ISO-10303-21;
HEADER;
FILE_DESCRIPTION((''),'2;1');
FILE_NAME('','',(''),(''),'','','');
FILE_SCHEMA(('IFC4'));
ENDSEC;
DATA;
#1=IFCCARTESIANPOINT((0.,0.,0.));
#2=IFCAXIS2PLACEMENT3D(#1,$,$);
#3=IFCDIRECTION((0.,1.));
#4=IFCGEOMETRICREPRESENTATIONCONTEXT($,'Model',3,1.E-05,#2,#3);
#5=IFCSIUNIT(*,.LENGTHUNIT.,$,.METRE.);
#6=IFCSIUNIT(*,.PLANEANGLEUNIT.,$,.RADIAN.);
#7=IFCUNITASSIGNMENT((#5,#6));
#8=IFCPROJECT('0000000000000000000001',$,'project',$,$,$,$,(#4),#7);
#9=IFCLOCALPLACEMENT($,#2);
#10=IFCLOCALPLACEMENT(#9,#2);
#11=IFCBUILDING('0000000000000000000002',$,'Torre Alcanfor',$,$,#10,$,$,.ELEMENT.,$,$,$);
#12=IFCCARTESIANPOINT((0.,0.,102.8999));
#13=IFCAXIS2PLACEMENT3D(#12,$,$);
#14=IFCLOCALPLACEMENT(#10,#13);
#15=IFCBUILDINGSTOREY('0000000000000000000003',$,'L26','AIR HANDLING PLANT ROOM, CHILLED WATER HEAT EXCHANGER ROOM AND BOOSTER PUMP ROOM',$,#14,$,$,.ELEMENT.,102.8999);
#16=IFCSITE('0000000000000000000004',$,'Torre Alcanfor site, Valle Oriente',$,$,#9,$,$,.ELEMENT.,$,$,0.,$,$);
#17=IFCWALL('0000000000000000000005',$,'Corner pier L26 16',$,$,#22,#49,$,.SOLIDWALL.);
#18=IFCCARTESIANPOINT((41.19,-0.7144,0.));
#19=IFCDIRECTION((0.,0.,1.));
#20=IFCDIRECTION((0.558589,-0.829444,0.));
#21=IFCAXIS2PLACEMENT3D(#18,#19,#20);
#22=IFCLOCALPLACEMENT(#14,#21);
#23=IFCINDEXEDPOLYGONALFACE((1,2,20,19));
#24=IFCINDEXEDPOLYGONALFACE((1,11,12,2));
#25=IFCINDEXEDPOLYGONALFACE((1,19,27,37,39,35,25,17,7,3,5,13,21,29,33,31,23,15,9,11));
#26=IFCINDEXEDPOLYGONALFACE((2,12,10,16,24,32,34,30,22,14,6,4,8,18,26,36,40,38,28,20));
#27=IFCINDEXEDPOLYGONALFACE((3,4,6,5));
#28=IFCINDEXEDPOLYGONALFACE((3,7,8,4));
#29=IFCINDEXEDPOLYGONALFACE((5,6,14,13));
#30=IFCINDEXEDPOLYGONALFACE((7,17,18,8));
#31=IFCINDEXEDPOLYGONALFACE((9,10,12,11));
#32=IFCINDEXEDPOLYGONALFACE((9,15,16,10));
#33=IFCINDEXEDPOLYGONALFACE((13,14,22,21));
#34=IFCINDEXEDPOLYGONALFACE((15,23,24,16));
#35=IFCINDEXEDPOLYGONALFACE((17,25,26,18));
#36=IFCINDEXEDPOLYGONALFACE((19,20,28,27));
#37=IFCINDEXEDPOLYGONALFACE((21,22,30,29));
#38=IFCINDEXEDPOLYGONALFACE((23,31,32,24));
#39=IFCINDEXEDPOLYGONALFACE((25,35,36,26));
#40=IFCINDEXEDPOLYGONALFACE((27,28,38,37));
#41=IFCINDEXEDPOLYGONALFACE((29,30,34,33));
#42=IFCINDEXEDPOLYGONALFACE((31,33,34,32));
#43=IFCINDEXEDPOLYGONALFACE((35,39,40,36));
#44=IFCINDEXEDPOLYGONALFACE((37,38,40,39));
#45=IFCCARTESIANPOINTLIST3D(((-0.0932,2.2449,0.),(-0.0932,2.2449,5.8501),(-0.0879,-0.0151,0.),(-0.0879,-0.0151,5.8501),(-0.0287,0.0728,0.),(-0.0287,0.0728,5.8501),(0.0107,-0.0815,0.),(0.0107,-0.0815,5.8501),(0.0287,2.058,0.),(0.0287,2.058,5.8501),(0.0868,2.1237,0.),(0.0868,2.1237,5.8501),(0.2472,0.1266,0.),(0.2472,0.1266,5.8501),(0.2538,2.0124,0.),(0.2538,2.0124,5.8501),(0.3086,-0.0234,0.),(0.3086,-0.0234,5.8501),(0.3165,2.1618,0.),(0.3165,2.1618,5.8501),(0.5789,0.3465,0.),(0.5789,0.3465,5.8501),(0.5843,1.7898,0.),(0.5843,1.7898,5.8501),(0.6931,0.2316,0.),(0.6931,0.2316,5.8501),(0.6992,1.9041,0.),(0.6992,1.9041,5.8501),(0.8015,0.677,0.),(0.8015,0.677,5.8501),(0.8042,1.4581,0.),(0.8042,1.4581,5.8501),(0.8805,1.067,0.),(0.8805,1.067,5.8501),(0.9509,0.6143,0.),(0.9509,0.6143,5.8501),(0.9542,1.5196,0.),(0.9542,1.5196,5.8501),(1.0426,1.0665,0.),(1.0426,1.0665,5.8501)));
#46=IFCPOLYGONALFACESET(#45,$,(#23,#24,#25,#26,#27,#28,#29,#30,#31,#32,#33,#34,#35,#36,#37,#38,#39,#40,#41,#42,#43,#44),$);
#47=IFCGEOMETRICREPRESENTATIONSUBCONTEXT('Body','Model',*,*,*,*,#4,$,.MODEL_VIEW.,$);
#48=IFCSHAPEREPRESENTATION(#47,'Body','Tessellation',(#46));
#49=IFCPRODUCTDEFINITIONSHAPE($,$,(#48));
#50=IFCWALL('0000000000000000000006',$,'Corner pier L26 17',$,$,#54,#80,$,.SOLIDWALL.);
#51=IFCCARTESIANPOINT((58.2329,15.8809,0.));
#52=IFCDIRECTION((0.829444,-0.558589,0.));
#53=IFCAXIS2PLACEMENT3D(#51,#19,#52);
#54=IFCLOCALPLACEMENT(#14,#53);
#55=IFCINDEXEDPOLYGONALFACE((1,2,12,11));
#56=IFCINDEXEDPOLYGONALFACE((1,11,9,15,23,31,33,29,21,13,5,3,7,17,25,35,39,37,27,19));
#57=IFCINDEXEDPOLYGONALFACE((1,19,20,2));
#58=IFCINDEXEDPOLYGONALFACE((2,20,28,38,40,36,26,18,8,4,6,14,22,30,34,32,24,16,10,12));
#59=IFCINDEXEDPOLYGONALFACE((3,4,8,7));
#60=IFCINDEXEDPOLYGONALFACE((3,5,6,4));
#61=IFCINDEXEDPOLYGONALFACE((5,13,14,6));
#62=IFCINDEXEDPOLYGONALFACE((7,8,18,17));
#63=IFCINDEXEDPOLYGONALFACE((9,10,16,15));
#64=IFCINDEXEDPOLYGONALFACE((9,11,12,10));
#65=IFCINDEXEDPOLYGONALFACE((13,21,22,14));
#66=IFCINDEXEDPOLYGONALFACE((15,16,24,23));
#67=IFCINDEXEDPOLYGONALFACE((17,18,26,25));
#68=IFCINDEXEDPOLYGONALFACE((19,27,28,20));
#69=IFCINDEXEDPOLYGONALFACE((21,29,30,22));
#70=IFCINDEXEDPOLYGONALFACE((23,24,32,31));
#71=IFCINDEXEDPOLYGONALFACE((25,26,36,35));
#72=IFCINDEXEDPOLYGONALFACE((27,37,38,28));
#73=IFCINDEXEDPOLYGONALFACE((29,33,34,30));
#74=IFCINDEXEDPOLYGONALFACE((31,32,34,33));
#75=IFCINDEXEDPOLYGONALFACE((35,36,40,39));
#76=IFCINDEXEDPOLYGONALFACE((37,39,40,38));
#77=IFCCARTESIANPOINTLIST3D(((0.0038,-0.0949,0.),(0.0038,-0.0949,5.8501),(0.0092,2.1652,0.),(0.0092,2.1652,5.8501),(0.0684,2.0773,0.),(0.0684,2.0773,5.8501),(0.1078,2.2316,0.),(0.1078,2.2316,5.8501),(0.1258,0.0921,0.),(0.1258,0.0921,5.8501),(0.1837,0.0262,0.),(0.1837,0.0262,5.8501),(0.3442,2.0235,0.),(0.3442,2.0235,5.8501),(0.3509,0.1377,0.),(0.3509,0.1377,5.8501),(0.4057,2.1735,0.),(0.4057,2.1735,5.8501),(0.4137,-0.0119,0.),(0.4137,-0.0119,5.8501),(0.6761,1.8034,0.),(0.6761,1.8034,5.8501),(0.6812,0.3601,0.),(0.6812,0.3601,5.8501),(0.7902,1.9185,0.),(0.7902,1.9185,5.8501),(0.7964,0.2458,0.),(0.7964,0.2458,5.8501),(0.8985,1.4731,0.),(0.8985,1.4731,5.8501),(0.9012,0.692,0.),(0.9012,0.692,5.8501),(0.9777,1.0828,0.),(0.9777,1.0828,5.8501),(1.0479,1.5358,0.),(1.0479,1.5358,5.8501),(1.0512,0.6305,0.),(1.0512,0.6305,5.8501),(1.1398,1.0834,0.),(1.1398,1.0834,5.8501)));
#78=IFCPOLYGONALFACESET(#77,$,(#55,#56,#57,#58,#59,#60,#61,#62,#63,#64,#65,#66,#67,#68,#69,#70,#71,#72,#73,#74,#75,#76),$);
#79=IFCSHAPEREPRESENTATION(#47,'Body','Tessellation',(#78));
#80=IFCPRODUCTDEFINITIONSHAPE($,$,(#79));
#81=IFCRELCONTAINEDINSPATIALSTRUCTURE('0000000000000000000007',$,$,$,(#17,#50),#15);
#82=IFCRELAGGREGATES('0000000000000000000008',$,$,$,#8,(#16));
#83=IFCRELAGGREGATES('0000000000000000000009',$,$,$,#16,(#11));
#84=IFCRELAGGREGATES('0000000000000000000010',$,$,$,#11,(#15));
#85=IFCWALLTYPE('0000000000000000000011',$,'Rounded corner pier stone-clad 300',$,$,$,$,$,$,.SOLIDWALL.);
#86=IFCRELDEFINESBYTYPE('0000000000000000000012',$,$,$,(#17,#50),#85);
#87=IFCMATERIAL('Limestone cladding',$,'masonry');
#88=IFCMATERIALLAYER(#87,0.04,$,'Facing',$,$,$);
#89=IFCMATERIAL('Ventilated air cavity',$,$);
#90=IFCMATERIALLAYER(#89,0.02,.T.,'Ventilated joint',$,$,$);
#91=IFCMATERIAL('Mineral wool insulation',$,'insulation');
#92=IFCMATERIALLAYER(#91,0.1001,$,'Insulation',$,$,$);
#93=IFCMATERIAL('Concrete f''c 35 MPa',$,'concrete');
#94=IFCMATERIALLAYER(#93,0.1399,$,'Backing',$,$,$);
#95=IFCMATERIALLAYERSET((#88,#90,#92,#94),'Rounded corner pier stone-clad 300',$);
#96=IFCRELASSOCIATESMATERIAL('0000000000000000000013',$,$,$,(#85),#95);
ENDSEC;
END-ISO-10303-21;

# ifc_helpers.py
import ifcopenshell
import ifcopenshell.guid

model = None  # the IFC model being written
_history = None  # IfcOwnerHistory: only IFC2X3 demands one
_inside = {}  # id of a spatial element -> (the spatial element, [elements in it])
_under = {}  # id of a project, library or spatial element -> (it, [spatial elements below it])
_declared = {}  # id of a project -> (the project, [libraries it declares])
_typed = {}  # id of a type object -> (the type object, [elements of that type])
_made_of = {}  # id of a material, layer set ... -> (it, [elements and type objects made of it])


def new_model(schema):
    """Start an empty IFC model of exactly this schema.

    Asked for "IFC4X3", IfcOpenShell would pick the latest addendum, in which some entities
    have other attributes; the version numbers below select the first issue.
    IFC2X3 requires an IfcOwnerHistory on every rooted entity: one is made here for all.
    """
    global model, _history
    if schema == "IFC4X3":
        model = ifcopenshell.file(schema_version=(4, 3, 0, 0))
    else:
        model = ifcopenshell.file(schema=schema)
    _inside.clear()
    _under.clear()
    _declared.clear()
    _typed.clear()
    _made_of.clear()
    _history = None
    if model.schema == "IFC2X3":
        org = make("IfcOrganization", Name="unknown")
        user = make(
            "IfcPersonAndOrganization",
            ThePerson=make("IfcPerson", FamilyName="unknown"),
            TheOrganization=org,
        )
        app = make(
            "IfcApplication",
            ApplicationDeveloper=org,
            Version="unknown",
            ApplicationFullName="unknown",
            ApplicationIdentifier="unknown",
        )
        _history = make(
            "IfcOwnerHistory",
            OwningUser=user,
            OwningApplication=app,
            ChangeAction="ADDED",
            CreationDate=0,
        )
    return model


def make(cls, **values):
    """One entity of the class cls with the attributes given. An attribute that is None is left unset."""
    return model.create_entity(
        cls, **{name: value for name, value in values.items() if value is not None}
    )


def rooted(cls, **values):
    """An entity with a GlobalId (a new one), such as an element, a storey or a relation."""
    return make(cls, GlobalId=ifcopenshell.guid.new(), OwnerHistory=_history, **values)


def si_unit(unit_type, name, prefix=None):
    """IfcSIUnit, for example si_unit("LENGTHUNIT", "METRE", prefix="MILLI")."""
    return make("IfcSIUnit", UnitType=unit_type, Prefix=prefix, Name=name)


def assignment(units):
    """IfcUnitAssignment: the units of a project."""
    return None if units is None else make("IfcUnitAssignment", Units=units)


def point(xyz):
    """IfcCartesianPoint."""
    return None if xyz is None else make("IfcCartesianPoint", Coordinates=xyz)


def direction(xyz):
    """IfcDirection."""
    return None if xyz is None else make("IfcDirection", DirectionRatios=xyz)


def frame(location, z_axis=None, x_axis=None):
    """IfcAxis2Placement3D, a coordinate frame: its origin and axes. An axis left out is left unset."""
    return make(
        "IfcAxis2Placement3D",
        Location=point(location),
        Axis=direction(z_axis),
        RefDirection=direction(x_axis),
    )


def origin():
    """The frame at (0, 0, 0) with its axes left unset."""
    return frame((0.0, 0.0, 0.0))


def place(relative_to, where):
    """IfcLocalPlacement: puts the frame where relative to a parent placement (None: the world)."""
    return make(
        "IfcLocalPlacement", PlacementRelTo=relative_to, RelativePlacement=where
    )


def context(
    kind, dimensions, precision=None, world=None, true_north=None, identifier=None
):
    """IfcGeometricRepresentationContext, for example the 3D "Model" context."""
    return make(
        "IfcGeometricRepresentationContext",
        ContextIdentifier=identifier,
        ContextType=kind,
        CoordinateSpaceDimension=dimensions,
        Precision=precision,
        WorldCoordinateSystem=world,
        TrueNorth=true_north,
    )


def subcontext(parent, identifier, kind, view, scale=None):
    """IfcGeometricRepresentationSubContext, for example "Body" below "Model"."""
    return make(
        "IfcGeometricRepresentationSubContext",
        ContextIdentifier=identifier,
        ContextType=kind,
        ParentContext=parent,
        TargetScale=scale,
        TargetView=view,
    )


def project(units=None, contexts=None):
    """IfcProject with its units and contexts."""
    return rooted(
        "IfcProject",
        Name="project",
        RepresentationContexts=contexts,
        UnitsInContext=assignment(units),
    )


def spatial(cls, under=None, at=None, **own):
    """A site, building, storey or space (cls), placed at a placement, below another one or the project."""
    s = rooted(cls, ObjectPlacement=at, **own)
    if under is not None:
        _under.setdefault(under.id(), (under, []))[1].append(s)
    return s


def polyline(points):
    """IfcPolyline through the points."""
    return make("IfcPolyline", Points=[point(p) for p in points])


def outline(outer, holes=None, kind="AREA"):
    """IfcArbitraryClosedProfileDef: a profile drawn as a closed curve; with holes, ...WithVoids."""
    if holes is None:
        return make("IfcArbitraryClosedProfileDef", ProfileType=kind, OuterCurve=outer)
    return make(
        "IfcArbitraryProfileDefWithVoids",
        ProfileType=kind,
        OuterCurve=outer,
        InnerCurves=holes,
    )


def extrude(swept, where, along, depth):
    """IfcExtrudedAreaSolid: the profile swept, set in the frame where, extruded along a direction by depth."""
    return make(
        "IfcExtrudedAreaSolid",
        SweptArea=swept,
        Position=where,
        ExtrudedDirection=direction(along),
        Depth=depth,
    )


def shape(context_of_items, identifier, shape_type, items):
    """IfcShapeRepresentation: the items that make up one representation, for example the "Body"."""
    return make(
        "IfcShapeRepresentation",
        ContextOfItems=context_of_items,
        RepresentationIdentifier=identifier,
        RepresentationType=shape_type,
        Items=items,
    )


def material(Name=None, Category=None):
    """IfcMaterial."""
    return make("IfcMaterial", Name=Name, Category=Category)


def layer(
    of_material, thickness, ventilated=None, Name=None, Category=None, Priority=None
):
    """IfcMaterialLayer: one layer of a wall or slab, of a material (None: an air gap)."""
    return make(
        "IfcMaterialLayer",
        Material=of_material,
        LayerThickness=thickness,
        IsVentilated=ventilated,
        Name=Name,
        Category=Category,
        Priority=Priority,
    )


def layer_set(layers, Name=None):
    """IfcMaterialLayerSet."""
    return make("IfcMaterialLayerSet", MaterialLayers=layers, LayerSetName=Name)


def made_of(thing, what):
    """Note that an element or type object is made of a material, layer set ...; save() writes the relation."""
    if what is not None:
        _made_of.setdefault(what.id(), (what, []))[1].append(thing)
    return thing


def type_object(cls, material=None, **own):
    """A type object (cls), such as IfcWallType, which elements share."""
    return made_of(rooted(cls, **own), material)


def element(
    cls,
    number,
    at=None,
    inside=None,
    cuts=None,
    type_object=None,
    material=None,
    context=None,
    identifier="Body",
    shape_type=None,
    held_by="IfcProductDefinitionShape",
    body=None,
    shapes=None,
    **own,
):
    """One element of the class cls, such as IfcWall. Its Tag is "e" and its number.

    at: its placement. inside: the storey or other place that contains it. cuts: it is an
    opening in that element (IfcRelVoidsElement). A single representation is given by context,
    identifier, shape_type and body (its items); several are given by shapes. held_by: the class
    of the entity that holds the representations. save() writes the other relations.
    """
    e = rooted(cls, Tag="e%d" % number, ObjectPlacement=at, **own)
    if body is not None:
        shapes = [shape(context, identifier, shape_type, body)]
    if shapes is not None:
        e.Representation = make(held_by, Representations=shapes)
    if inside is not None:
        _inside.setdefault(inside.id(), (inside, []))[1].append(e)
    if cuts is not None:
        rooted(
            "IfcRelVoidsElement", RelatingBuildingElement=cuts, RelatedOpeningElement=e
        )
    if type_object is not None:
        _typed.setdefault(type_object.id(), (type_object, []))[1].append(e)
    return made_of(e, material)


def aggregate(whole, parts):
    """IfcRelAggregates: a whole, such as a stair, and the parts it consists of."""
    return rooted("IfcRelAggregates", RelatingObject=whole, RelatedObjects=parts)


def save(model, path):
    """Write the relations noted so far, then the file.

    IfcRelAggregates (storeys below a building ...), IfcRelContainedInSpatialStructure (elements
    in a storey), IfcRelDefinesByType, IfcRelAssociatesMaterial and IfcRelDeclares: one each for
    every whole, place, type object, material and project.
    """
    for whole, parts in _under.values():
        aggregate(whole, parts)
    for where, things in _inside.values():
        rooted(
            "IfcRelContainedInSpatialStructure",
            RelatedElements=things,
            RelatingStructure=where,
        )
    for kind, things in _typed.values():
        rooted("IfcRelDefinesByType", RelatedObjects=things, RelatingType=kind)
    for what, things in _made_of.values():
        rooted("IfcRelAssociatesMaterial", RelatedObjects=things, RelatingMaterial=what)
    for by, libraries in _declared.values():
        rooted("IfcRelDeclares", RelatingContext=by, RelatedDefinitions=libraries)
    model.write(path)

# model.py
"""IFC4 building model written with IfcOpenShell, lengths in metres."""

from ifc_helpers import new_model, si_unit, direction, frame, origin, place, context, subcontext, project, spatial, polyline, outline, extrude, material, layer, layer_set, type_object, element, save


model = new_model("IFC4")

# Units and contexts
model_context = context("Model", 3, precision=1e-05, world=origin(), true_north=direction((0.0, 1.0)))
body_context = subcontext(model_context, "Body", "Model", "MODEL_VIEW")
ifc_project = project(units=[si_unit("LENGTHUNIT", "METRE"), si_unit("PLANEANGLEUNIT", "RADIAN")], contexts=[model_context])

# Site, building, storey
site_placement = place(None, origin())
site = spatial("IfcSite", under=ifc_project, at=site_placement, Name="Torre Alcanfor site, Valle Oriente", CompositionType="ELEMENT", RefElevation=0.0)
building_placement = place(site_placement, origin())
building = spatial("IfcBuilding", under=site, at=building_placement, Name="Torre Alcanfor", CompositionType="ELEMENT")
storey_placement = place(building_placement, frame((0.0, 0.0, 102.8999)))
storey = spatial("IfcBuildingStorey", under=building, at=storey_placement, Name="L26", Description="AIR HANDLING PLANT ROOM, CHILLED WATER HEAT EXCHANGER ROOM AND BOOSTER PUMP ROOM", CompositionType="ELEMENT", Elevation=102.8999)

# Walls
ifc_material_1 = material(Name="Limestone cladding", Category="masonry")
ifc_material_2 = material(Name="Ventilated air cavity")
ifc_material_3 = material(Name="Mineral wool insulation", Category="insulation")
ifc_material_4 = material(Name="Concrete f'c 35 MPa", Category="concrete")
ifc_layer_1 = layer(ifc_material_1, 0.04, Name="Facing")
ifc_layer_2 = layer(ifc_material_2, 0.02, ventilated=True, Name="Ventilated joint")
ifc_layer_3 = layer(ifc_material_3, 0.1001, Name="Insulation")
ifc_layer_4 = layer(ifc_material_4, 0.1399, Name="Backing")
ifc_layer_set_1 = layer_set([ifc_layer_1, ifc_layer_2, ifc_layer_3, ifc_layer_4], Name="Rounded corner pier stone-clad 300")
wall_type_1 = type_object("IfcWallType", Name="Rounded corner pier stone-clad 300", PredefinedType="SOLIDWALL", material=ifc_layer_set_1)
wall_1_placement = place(storey_placement, frame((41.19, -0.7144, 0.0), z_axis=(0.0, 0.0, 1.0), x_axis=(0.558589, -0.829444, 0.0)))
element("IfcWall", 1, at=wall_1_placement, inside=storey, type_object=wall_type_1, Name="Corner pier L26 16", PredefinedType="SOLIDWALL", context=body_context, shape_type="SweptSolid", body=[
    extrude(outline(polyline([(0.0868, 2.1237), (0.0287, 2.058), (0.2538, 2.0124), (0.5843, 1.7898), (0.8042, 1.4581), (0.8805, 1.067), (0.8015, 0.677), (0.5789, 0.3465), (0.2472, 0.1266), (-0.0287, 0.0728), (-0.0879, -0.0151), (0.0107, -0.0815), (0.3086, -0.0234), (0.6931, 0.2316), (0.9509, 0.6143), (1.0426, 1.0665), (0.9542, 1.5196), (0.6992, 1.9041), (0.3165, 2.1618), (-0.0932, 2.2449), (0.0868, 2.1237)])), origin(), (0.0, 0.0, 1.0), 5.8501),
])
wall_2_placement = place(storey_placement, frame((58.2329, 15.8809, 0.0), z_axis=(0.0, 0.0, 1.0), x_axis=(0.829444, -0.558589, 0.0)))
element("IfcWall", 2, at=wall_2_placement, inside=storey, type_object=wall_type_1, Name="Corner pier L26 17", PredefinedType="SOLIDWALL", context=body_context, shape_type="SweptSolid", body=[
    extrude(outline(polyline([(0.0684, 2.0773), (0.3442, 2.0235), (0.6761, 1.8034), (0.8985, 1.4731), (0.9777, 1.0828), (0.9012, 0.692), (0.6812, 0.3601), (0.3509, 0.1377), (0.1258, 0.0921), (0.1837, 0.0262), (0.0038, -0.0949), (0.4137, -0.0119), (0.7964, 0.2458), (1.0512, 0.6305), (1.1398, 1.0834), (1.0479, 1.5358), (0.7902, 1.9185), (0.4057, 2.1735), (0.1078, 2.2316), (0.0092, 2.1652), (0.0684, 2.0773)])), origin(), (0.0, 0.0, 1.0), 5.8501),
])

save(model, "model.ifc")
